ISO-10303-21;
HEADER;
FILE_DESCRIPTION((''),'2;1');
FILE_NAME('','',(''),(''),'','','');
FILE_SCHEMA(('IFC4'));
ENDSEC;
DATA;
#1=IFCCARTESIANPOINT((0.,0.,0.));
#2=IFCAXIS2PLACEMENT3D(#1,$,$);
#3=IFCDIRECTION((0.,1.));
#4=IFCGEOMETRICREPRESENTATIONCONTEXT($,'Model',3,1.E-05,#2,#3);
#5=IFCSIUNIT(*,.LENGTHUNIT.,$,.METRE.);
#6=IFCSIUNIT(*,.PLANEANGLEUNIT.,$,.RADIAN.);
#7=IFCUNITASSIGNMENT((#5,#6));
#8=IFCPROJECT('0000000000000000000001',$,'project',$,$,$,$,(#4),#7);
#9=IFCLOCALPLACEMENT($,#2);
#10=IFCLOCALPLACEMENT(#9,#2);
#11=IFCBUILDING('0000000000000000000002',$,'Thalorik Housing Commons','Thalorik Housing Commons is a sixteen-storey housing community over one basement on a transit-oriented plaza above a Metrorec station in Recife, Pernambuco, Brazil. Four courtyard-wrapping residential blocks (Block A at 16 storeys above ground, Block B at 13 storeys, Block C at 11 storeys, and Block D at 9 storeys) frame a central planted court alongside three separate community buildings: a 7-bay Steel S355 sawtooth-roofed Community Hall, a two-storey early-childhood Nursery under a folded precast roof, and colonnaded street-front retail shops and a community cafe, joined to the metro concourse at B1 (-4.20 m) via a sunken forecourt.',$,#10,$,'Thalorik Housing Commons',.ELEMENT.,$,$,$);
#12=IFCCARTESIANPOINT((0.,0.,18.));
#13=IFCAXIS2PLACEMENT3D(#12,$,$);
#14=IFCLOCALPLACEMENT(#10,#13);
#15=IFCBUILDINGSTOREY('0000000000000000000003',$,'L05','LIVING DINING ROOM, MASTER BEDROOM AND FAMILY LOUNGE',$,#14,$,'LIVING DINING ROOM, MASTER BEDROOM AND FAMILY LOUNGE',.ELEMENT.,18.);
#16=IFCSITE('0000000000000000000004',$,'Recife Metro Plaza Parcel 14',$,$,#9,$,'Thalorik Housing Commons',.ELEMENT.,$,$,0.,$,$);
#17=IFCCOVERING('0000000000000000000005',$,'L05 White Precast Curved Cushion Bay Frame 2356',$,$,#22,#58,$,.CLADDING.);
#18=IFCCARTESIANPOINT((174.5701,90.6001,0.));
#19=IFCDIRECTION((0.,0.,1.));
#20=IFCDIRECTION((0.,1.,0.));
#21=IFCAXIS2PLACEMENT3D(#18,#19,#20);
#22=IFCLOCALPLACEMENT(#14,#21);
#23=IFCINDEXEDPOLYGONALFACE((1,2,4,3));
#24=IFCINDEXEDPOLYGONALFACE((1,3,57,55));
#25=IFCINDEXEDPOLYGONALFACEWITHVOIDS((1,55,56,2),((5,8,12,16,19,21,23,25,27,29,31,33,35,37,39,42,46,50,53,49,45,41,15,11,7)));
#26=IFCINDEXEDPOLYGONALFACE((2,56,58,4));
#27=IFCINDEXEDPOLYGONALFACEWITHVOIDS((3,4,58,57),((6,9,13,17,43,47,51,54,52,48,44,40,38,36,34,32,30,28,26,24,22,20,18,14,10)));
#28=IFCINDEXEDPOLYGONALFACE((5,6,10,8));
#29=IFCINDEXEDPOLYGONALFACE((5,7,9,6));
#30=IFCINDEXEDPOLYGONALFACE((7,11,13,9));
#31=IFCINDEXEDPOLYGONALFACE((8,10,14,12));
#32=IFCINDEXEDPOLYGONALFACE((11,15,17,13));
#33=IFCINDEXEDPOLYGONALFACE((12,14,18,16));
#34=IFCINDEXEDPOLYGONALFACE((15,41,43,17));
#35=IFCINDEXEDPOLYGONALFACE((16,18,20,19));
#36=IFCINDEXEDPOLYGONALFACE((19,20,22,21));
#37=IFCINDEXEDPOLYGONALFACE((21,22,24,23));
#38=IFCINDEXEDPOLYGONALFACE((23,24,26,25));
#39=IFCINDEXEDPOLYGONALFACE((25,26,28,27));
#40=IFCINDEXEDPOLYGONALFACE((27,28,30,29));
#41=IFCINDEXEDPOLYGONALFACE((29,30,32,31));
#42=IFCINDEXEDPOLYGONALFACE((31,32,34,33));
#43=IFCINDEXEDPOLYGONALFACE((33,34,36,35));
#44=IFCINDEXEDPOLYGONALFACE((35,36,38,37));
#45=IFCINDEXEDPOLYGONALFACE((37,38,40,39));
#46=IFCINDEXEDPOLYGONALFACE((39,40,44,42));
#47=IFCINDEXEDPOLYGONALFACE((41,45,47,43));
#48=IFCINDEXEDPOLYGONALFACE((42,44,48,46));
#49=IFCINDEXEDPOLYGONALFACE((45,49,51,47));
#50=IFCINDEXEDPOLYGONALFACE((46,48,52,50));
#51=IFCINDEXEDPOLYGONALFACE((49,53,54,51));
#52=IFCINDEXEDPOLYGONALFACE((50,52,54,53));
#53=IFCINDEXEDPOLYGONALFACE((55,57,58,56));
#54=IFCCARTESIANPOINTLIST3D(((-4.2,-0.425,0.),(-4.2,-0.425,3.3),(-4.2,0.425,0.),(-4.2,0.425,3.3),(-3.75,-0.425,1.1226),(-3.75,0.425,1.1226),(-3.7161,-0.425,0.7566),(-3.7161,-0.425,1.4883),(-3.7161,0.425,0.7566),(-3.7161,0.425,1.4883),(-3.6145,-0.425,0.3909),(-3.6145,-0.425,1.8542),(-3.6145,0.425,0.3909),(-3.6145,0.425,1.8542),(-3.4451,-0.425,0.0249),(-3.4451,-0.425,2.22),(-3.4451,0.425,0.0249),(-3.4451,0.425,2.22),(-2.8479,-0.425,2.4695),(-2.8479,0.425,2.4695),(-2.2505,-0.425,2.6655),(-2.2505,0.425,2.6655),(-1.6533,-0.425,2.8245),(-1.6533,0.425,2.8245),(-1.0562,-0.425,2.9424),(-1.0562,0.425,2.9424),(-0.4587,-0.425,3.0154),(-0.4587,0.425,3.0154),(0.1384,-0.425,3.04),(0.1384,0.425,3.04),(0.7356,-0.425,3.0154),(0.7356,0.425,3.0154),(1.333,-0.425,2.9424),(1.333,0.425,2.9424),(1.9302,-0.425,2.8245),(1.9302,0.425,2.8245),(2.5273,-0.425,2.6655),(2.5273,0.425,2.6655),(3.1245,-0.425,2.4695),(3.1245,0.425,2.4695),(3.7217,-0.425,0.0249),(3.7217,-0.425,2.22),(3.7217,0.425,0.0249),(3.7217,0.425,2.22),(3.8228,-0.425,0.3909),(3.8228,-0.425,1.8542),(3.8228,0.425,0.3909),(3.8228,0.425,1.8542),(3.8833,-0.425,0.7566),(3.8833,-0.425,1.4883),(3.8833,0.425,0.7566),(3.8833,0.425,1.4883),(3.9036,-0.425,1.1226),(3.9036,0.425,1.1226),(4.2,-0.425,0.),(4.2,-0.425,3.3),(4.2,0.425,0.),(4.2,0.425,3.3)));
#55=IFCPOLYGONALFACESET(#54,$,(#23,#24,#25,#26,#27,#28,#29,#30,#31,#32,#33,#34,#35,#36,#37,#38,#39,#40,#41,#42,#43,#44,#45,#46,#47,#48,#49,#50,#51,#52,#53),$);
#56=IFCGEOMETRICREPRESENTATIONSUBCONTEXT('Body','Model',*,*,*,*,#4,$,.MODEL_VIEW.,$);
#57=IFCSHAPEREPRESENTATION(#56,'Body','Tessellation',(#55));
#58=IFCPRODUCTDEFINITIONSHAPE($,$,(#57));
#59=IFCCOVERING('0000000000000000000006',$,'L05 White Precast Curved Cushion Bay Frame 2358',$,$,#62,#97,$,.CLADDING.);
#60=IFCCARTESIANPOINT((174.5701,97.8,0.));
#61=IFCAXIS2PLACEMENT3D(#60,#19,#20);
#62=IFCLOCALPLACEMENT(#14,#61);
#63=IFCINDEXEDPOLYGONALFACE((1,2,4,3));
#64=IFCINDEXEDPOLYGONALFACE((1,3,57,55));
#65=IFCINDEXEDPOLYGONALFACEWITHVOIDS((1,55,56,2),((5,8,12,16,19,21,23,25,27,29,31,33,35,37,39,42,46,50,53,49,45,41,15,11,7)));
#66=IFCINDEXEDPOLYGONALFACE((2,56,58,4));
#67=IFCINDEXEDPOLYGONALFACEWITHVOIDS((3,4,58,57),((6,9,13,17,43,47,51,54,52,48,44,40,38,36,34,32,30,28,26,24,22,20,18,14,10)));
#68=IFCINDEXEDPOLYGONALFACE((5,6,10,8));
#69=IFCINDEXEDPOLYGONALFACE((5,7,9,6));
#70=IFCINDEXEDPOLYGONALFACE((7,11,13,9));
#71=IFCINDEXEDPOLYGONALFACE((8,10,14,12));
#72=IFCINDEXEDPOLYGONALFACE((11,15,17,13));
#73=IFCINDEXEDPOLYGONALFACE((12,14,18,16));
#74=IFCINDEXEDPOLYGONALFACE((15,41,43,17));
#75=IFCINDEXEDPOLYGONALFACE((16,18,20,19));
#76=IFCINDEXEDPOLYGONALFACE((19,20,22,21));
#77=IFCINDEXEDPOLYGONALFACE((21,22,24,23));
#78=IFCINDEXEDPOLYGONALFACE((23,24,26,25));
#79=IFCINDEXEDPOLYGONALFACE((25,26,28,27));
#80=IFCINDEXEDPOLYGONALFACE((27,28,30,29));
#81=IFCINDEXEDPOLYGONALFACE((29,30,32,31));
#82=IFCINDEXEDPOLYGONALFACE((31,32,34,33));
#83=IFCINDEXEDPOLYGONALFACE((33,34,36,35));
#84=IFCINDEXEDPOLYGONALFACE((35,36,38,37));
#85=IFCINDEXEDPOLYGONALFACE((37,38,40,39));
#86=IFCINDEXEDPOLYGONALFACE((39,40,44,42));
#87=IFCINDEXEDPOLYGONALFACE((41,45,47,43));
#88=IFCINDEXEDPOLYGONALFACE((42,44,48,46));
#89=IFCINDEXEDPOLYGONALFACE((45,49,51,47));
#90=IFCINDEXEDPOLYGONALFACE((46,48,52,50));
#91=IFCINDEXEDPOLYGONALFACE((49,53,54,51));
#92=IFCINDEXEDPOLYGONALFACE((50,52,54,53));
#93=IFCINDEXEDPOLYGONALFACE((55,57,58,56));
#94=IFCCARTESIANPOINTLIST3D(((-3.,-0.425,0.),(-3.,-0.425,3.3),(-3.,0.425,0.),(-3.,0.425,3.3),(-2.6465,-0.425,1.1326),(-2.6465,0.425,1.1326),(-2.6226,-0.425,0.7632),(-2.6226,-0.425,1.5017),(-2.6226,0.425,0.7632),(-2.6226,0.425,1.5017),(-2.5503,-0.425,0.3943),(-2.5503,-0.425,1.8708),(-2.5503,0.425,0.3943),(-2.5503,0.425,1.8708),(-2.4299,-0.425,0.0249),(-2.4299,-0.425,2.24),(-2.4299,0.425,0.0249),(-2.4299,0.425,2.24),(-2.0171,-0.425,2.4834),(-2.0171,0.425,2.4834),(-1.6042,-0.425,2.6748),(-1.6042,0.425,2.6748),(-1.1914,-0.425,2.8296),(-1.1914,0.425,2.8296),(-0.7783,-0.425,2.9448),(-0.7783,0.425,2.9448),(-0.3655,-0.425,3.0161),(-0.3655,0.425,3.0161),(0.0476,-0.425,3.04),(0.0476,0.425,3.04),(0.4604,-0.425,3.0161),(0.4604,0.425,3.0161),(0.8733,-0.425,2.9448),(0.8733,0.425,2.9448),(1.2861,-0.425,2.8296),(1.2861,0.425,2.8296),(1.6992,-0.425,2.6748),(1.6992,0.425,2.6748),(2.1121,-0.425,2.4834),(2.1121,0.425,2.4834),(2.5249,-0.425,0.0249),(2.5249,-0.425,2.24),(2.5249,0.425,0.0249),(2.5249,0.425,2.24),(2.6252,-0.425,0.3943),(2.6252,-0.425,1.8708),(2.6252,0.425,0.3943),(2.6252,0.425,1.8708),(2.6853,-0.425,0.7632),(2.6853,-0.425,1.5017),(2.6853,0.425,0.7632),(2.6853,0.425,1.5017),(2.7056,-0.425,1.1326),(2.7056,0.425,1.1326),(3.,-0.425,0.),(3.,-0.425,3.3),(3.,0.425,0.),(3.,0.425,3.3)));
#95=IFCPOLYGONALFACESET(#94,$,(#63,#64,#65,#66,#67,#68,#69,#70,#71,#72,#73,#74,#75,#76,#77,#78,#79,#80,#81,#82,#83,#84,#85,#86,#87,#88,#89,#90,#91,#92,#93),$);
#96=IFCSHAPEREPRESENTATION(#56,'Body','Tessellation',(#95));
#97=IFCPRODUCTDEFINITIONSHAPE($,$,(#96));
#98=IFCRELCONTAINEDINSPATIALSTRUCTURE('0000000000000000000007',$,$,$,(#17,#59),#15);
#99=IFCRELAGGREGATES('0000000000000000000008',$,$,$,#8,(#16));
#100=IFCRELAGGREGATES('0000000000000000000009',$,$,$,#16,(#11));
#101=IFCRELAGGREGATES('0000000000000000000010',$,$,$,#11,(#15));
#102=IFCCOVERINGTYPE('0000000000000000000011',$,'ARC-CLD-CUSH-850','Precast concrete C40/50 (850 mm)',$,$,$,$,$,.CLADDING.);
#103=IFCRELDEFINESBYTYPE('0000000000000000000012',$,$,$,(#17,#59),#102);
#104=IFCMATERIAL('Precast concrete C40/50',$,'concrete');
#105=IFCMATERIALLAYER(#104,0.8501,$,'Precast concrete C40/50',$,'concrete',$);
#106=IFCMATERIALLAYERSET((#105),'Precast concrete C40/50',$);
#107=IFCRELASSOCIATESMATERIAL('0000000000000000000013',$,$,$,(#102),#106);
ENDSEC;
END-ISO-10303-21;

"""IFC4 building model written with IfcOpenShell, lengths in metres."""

from ifc_helpers import new_model, si_unit, direction, frame, origin, place, context, subcontext, project, spatial, polyline, outline, extrude, material, layer, layer_set, type_object, element, save


model = new_model("IFC4")

# Units and contexts
model_context = context("Model", 3, precision=1e-05, world=origin(), true_north=direction((0.0, 1.0)))
body_context = subcontext(model_context, "Body", "Model", "MODEL_VIEW")
ifc_project = project(units=[si_unit("LENGTHUNIT", "METRE"), si_unit("PLANEANGLEUNIT", "RADIAN")], contexts=[model_context])

# Site, building, storey
site_placement = place(None, origin())
site = spatial("IfcSite", under=ifc_project, at=site_placement, Name="Recife Metro Plaza Parcel 14", LongName="Thalorik Housing Commons", CompositionType="ELEMENT", RefElevation=0.0)
building_placement = place(site_placement, origin())
building = spatial("IfcBuilding", under=site, at=building_placement, Name="Thalorik Housing Commons", Description="Thalorik Housing Commons is a sixteen-storey housing community over one basement on a transit-oriented plaza above a Metrorec station in Recife, Pernambuco, Brazil. Four courtyard-wrapping residential blocks (Block A at 16 storeys above ground, Block B at 13 storeys, Block C at 11 storeys, and Block D at 9 storeys) frame a central planted court alongside three separate community buildings: a 7-bay Steel S355 sawtooth-roofed Community Hall, a two-storey early-childhood Nursery under a folded precast roof, and colonnaded street-front retail shops and a community cafe, joined to the metro concourse at B1 (-4.20 m) via a sunken forecourt.", LongName="Thalorik Housing Commons", CompositionType="ELEMENT")
storey_placement = place(building_placement, frame((0.0, 0.0, 18.0)))
storey = spatial("IfcBuildingStorey", under=building, at=storey_placement, Name="L05", Description="LIVING DINING ROOM, MASTER BEDROOM AND FAMILY LOUNGE", LongName="LIVING DINING ROOM, MASTER BEDROOM AND FAMILY LOUNGE", CompositionType="ELEMENT", Elevation=18.0)

# Shared definitions
ifc_material_1 = material(Name="Precast concrete C40/50", Category="concrete")

# Coverings
ifc_layer_1 = layer(ifc_material_1, 0.8501, Name="Precast concrete C40/50", Category="concrete")
ifc_layer_set_1 = layer_set([ifc_layer_1], Name="Precast concrete C40/50")
covering_type_1 = type_object("IfcCoveringType", Name="ARC-CLD-CUSH-850", Description="Precast concrete C40/50 (850 mm)", PredefinedType="CLADDING", material=ifc_layer_set_1)
covering_1_placement = place(storey_placement, frame((174.5701, 90.6001, 0.0), z_axis=(0.0, 0.0, 1.0), x_axis=(0.0, 1.0, 0.0)))
element("IfcCovering", 1, at=covering_1_placement, inside=storey, type_object=covering_type_1, Name="L05 White Precast Curved Cushion Bay Frame 2356", PredefinedType="CLADDING", context=body_context, shape_type="SweptSolid", body=[
    extrude(outline(polyline([(-4.2, 0.0), (4.2, 0.0), (4.2, 3.3), (-4.2, 3.3), (-4.2, 0.0)]), holes=[polyline([(3.7217, 0.0249), (3.8228, 0.3909), (3.8833, 0.7566), (3.9036, 1.1226), (3.8833, 1.4883), (3.8228, 1.8542), (3.7217, 2.22), (3.1245, 2.4695), (2.5273, 2.6655), (1.9302, 2.8245), (1.333, 2.9424), (0.7356, 3.0154), (0.1384, 3.04), (-0.4587, 3.0154), (-1.0562, 2.9424), (-1.6533, 2.8245), (-2.2505, 2.6655), (-2.8479, 2.4695), (-3.4451, 2.22), (-3.6145, 1.8542), (-3.7161, 1.4883), (-3.75, 1.1226), (-3.7161, 0.7566), (-3.6145, 0.3909), (-3.4451, 0.0249), (3.7217, 0.0249)])]), frame((0.0, 0.425, 0.0), z_axis=(0.0, -1.0, 0.0), x_axis=(1.0, 0.0, 0.0)), (0.0, 0.0, 1.0), 0.8501),
])
covering_2_placement = place(storey_placement, frame((174.5701, 97.8, 0.0), z_axis=(0.0, 0.0, 1.0), x_axis=(0.0, 1.0, 0.0)))
element("IfcCovering", 2, at=covering_2_placement, inside=storey, type_object=covering_type_1, Name="L05 White Precast Curved Cushion Bay Frame 2358", PredefinedType="CLADDING", context=body_context, shape_type="SweptSolid", body=[
    extrude(outline(polyline([(-3.0, 0.0), (3.0, 0.0), (3.0, 3.3), (-3.0, 3.3), (-3.0, 0.0)]), holes=[polyline([(2.5249, 0.0249), (2.6252, 0.3943), (2.6853, 0.7632), (2.7056, 1.1326), (2.6853, 1.5017), (2.6252, 1.8708), (2.5249, 2.24), (2.1121, 2.4834), (1.6992, 2.6748), (1.2861, 2.8296), (0.8733, 2.9448), (0.4604, 3.0161), (0.0476, 3.04), (-0.3655, 3.0161), (-0.7783, 2.9448), (-1.1914, 2.8296), (-1.6042, 2.6748), (-2.0171, 2.4834), (-2.4299, 2.24), (-2.5503, 1.8708), (-2.6226, 1.5017), (-2.6465, 1.1326), (-2.6226, 0.7632), (-2.5503, 0.3943), (-2.4299, 0.0249), (2.5249, 0.0249)])]), frame((0.0, 0.425, 0.0), z_axis=(0.0, -1.0, 0.0), x_axis=(1.0, 0.0, 0.0)), (0.0, 0.0, 1.0), 0.8501),
])

save(model, "model.ifc")
